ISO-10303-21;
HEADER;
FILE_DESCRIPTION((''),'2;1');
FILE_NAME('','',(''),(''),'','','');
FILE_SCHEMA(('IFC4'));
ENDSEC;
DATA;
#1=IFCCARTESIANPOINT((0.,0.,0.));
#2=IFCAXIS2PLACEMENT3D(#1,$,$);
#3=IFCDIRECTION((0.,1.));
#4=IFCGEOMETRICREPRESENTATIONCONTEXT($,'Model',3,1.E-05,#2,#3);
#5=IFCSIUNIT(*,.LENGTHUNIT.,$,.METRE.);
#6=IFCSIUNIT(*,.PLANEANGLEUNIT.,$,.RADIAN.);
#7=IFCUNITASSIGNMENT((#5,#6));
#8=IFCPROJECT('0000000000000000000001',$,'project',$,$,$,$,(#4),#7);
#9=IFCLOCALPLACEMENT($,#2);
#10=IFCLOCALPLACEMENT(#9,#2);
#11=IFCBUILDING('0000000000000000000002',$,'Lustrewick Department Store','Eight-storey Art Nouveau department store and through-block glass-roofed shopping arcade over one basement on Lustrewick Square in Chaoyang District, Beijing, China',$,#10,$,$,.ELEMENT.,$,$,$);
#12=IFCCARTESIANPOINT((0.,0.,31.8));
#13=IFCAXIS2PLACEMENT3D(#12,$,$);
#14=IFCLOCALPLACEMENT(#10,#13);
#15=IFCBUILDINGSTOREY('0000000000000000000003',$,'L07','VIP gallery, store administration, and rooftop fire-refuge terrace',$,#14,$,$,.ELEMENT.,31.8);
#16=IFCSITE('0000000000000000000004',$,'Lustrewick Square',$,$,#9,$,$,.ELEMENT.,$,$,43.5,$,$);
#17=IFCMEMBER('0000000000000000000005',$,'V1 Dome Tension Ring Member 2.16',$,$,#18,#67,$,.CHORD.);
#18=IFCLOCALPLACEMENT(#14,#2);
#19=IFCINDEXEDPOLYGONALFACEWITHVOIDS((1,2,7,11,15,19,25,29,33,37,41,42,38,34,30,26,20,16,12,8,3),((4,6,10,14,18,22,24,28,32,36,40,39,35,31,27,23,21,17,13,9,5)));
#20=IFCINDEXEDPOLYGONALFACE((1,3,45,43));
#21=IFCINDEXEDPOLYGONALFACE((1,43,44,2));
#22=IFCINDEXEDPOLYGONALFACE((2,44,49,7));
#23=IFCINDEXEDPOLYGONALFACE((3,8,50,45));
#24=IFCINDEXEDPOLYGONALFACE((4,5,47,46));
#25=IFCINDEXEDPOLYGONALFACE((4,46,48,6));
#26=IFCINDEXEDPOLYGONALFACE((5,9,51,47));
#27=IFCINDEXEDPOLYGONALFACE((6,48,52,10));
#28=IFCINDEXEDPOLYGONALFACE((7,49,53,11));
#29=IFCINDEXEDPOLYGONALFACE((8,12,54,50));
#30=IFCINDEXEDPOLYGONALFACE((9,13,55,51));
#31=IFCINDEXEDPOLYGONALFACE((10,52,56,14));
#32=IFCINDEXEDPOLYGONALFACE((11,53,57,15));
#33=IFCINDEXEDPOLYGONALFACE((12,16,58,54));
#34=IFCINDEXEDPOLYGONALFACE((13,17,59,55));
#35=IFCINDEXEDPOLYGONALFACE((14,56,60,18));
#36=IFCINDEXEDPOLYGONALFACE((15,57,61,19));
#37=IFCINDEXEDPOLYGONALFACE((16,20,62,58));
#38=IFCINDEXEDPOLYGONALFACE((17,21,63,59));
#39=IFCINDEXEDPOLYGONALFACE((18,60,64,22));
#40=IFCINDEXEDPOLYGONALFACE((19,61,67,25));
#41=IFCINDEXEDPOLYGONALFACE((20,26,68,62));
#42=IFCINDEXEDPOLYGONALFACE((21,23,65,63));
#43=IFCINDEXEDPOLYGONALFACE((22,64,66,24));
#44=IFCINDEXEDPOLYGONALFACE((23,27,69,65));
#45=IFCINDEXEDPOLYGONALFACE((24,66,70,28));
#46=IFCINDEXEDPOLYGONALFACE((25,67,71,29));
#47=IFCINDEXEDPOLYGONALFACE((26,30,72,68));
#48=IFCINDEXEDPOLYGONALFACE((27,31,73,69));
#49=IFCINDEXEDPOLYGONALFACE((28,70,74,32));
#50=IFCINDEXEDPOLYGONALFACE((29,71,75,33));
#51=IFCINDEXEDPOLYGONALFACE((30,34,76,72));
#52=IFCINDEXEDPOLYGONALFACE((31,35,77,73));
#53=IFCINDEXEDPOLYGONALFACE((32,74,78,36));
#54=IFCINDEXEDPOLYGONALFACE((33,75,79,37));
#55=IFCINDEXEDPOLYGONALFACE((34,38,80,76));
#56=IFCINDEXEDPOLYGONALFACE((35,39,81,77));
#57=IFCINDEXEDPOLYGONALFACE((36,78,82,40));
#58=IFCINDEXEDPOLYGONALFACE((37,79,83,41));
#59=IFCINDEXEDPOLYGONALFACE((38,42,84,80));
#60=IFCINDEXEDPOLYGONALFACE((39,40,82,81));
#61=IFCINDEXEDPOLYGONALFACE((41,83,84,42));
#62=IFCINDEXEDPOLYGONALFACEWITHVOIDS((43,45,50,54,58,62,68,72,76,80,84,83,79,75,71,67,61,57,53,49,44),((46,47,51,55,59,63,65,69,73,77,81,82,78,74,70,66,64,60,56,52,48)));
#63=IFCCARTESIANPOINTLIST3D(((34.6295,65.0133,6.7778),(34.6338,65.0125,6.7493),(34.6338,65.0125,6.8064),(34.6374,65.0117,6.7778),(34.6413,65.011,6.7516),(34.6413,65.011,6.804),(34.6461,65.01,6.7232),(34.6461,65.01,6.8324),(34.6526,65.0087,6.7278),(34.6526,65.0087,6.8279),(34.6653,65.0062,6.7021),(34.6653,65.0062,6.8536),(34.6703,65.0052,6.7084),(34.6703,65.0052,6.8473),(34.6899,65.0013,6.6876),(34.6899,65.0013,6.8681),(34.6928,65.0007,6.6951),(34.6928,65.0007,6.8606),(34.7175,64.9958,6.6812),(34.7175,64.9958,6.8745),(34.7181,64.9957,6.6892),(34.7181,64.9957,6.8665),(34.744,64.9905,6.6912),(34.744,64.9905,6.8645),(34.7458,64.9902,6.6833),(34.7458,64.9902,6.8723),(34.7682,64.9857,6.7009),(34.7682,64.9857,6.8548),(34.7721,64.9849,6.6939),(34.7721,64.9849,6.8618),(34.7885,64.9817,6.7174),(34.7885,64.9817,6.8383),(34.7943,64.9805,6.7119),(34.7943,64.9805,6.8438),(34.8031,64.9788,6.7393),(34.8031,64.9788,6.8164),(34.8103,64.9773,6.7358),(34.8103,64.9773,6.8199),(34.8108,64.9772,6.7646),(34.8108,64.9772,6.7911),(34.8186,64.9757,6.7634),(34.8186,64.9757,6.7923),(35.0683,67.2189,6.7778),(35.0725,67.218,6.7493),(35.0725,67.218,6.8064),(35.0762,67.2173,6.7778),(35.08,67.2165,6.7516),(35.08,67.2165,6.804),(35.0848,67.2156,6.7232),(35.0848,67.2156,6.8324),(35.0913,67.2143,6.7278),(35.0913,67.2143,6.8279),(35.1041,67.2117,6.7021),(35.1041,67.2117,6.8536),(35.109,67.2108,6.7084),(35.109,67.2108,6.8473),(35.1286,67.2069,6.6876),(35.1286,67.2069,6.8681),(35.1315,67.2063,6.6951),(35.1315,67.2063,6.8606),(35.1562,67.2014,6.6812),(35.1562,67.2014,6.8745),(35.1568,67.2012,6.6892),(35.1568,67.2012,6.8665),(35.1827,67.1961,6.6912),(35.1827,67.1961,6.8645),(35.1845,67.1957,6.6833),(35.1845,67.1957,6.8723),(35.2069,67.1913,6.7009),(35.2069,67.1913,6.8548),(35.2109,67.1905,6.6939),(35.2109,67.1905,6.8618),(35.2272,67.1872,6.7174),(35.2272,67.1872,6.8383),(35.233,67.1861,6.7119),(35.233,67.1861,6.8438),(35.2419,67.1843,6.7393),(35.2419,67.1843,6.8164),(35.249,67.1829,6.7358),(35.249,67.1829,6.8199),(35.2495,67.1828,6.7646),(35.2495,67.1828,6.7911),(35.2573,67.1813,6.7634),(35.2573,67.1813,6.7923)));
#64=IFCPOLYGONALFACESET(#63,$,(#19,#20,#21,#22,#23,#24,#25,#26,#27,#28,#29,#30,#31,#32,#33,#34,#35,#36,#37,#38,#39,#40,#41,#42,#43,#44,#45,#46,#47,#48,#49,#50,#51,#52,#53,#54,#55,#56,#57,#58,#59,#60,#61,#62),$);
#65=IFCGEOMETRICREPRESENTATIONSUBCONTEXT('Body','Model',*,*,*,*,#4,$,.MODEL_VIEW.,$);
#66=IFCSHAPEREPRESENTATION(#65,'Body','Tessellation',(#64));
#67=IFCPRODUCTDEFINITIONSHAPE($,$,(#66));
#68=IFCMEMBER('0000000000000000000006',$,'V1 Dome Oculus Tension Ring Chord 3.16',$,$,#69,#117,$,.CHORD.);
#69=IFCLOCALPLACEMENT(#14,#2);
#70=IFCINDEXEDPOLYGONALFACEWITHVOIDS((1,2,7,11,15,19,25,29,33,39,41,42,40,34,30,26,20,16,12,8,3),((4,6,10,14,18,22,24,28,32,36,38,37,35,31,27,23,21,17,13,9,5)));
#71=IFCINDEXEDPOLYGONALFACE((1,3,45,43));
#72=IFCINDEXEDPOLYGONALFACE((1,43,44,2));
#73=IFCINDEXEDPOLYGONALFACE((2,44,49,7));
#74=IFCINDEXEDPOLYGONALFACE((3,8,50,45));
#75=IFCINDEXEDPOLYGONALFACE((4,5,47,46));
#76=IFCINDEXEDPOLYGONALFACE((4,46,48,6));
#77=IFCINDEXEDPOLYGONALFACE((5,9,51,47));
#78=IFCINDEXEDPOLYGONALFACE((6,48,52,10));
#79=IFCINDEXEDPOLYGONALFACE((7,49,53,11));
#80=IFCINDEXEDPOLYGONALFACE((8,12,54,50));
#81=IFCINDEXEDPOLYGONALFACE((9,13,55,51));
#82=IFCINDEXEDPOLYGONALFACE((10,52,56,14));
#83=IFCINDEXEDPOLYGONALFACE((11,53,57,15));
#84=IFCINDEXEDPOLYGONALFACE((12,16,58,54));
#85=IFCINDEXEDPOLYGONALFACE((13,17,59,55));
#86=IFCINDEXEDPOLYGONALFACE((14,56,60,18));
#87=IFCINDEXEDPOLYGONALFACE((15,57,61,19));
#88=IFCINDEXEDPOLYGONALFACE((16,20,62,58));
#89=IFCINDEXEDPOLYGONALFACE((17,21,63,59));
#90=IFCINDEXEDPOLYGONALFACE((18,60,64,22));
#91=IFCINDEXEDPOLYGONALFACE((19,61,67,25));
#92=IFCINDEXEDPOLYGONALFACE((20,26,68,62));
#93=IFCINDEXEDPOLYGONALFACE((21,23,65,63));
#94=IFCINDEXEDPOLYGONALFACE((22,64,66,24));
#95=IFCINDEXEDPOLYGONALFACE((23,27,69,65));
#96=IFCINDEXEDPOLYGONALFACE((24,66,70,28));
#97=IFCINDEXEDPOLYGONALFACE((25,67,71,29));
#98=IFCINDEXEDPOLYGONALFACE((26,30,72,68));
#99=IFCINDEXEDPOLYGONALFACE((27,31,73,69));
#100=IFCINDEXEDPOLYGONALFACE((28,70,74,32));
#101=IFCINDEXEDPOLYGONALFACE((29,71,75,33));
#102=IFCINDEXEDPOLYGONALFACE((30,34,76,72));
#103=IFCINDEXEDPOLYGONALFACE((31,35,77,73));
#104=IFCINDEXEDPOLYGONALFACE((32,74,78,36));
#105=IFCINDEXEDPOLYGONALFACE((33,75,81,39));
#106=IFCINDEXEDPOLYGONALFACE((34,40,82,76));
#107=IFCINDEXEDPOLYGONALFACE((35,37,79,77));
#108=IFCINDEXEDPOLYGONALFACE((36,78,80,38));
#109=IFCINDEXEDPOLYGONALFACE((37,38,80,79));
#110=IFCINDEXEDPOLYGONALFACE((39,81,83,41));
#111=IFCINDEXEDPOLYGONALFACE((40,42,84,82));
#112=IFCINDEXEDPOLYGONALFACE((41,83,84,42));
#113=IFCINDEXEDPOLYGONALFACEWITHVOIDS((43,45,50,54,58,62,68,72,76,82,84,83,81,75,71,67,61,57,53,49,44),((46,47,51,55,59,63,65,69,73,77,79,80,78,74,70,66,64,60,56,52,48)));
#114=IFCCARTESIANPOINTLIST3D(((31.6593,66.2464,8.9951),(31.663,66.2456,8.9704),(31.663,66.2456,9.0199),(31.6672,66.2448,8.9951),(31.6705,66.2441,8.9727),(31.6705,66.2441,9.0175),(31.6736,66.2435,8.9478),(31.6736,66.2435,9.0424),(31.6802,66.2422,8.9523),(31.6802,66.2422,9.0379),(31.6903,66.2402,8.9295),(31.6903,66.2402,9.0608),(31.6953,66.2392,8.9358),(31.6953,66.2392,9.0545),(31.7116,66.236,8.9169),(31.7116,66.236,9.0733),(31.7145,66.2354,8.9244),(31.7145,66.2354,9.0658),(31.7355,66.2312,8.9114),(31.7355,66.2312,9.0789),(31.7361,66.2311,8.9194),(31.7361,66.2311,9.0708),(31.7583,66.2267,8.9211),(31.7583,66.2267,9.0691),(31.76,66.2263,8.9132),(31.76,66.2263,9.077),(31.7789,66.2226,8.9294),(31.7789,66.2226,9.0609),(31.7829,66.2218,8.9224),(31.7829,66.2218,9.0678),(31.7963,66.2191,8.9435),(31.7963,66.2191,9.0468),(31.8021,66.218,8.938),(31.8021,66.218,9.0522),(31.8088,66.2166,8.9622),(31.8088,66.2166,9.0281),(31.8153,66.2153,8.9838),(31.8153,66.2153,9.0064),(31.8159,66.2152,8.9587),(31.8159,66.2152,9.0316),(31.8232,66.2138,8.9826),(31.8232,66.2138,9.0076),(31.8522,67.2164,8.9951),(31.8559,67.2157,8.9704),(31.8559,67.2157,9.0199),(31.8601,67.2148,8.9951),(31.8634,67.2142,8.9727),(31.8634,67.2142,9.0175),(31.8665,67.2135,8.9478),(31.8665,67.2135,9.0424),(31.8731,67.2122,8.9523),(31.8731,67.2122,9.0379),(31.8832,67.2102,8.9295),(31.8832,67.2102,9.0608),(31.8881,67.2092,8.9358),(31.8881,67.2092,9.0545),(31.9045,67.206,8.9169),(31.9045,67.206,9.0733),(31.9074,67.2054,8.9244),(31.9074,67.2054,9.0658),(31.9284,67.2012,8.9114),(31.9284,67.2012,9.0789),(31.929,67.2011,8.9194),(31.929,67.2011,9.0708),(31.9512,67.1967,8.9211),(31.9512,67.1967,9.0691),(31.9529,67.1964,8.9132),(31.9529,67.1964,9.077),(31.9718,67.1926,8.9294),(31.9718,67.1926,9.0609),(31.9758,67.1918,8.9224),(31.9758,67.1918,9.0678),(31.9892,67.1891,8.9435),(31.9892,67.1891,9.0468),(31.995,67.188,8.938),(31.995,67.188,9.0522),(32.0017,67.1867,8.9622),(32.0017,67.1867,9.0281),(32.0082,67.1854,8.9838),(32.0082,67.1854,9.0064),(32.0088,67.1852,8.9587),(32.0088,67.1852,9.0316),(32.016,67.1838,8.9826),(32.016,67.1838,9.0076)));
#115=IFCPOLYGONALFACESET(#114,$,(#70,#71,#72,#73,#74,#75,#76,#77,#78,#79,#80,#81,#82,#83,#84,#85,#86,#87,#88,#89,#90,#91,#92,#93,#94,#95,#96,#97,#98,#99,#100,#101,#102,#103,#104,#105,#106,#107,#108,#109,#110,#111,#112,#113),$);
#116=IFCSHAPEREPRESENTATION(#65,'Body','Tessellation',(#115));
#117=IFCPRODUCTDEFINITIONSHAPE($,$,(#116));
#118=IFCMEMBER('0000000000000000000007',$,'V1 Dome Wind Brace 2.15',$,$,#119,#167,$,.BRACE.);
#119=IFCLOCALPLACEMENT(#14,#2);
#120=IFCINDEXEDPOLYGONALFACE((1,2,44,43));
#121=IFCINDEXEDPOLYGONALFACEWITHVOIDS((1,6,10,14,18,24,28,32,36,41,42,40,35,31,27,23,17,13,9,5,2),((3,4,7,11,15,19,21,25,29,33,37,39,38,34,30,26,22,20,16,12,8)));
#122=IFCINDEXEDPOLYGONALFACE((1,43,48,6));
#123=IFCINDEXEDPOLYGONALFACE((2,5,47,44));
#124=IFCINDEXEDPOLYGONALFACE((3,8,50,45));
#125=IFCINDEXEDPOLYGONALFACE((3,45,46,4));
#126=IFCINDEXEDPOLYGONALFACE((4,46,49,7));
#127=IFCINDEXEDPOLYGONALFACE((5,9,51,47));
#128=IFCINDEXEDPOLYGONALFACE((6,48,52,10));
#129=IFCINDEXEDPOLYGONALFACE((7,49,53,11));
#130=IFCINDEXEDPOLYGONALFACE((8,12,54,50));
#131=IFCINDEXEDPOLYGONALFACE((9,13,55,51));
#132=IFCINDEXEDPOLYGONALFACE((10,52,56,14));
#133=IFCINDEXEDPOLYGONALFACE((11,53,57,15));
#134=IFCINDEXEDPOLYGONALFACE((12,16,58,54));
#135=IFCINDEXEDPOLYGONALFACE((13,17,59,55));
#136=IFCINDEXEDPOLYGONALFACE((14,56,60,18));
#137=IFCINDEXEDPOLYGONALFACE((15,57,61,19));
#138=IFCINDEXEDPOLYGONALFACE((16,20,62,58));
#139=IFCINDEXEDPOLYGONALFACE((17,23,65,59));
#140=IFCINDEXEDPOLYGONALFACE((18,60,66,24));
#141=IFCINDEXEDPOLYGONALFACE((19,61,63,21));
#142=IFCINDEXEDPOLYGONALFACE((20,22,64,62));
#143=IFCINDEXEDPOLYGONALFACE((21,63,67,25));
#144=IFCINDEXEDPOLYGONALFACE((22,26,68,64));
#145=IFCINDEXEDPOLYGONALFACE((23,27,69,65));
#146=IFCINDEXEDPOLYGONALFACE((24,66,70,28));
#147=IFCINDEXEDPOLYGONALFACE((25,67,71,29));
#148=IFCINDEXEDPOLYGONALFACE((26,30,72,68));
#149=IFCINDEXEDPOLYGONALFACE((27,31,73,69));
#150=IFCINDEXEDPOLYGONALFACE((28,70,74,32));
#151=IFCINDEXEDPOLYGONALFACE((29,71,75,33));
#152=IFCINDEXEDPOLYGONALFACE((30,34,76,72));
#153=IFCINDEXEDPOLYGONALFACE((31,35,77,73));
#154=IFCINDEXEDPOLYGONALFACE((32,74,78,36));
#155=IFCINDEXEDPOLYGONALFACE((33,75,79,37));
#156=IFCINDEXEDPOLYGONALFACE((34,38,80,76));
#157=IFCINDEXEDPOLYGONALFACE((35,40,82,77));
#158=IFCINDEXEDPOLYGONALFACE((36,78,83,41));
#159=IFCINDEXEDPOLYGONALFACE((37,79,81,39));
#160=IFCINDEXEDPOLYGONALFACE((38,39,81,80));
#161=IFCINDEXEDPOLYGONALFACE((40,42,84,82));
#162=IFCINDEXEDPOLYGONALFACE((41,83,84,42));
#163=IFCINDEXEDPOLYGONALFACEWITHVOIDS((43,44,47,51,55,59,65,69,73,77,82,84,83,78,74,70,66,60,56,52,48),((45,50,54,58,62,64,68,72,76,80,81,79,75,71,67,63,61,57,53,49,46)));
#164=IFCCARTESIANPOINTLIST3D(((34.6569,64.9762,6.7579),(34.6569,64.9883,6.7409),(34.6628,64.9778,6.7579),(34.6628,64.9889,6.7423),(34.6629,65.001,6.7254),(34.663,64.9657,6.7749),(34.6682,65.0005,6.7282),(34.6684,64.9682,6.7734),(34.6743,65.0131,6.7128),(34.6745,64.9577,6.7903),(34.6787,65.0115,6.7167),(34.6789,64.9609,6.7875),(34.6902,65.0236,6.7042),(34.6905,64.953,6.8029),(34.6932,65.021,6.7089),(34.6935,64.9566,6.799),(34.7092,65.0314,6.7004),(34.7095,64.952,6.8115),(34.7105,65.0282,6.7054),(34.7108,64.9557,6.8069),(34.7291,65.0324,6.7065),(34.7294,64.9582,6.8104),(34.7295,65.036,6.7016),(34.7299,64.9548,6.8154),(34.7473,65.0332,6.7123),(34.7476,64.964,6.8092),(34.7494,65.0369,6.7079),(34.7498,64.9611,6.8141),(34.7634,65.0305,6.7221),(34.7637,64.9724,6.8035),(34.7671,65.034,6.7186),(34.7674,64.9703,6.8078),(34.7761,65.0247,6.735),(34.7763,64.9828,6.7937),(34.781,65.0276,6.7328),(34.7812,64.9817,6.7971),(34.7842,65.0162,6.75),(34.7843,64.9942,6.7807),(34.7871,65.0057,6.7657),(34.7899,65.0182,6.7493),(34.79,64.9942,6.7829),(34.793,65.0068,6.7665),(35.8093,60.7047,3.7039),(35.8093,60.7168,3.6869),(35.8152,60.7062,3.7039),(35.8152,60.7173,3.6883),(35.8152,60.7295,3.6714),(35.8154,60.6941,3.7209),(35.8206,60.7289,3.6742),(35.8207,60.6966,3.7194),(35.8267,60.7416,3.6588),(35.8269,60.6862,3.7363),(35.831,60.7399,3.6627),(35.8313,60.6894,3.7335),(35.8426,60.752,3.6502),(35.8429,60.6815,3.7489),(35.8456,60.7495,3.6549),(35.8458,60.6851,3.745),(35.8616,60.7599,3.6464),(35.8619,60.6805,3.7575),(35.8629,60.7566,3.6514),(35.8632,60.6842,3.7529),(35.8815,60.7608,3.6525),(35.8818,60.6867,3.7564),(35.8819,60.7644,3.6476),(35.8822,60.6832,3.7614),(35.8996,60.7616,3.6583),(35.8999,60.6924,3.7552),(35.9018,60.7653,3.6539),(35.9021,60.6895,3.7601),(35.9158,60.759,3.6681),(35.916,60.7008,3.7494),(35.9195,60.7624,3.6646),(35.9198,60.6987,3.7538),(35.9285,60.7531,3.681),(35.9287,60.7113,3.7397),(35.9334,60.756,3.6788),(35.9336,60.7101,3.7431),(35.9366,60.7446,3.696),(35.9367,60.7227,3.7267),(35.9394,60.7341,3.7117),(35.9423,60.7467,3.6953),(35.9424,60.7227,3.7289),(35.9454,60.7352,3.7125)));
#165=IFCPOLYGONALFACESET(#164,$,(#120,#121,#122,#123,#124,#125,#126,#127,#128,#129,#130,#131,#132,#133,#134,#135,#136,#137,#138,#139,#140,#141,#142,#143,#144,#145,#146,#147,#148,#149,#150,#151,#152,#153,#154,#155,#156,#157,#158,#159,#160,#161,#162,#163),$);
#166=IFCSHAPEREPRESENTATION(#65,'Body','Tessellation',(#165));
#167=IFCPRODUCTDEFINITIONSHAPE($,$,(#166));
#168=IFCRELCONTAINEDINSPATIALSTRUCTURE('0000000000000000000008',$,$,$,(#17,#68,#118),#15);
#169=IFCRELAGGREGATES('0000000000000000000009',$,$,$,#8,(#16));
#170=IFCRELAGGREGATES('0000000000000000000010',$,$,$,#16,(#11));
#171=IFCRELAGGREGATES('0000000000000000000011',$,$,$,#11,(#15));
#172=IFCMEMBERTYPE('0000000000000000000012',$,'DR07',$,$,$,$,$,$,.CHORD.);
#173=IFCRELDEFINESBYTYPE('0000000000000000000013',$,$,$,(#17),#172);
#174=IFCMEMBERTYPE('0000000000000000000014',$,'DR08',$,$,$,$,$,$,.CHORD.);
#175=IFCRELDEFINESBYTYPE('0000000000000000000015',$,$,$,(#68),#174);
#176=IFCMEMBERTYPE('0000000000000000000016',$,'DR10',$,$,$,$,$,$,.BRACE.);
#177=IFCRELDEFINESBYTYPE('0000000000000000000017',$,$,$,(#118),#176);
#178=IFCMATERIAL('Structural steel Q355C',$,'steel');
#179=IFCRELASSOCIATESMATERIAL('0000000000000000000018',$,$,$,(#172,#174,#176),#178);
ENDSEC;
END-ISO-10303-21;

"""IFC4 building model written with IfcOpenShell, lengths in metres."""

from ifc_helpers import new_model, si_unit, direction, frame, origin, origin_2d, place, context, subcontext, project, spatial, hollow_circle, extrude, material, material_profile, profile_set, type_object, element, save


model = new_model("IFC4")

# Units and contexts
model_context = context("Model", 3, precision=1e-05, world=origin(), true_north=direction((0.0, 1.0)))
body_context = subcontext(model_context, "Body", "Model", "MODEL_VIEW")
ifc_project = project(units=[si_unit("LENGTHUNIT", "METRE"), si_unit("PLANEANGLEUNIT", "RADIAN")], contexts=[model_context])

# Site, building, storey
site_placement = place(None, origin())
site = spatial("IfcSite", under=ifc_project, at=site_placement, Name="Lustrewick Square", CompositionType="ELEMENT", RefElevation=43.5)
building_placement = place(site_placement, origin())
building = spatial("IfcBuilding", under=site, at=building_placement, Name="Lustrewick Department Store", Description="Eight-storey Art Nouveau department store and through-block glass-roofed shopping arcade over one basement on Lustrewick Square in Chaoyang District, Beijing, China", CompositionType="ELEMENT")
storey_placement = place(building_placement, frame((0.0, 0.0, 31.8)))
storey = spatial("IfcBuildingStorey", under=building, at=storey_placement, Name="L07", Description="VIP gallery, store administration, and rooftop fire-refuge terrace", CompositionType="ELEMENT", Elevation=31.8)

# Members
ifc_material_1 = material(Name="Structural steel Q355C", Category="steel")
ifc_material_profile_1 = material_profile(ifc_material_1, hollow_circle(Radius=0.0969, WallThickness=0.0081, at=origin_2d()), Name="CHS 194x8")
ifc_profile_set_1 = profile_set([ifc_material_profile_1], Name="Structural steel Q355C")
member_type_1 = type_object("IfcMemberType", Name="DR07", PredefinedType="CHORD", material=ifc_profile_set_1)
member_1_placement = place(storey_placement, frame((34.7246, 64.9944, 6.7778), z_axis=(0.195093, 0.980785, 0.0), x_axis=(-0.980785, 0.195093, 0.0)))
element("IfcMember", 1, at=member_1_placement, inside=storey, type_object=member_type_1, Name="V1 Dome Tension Ring Member 2.16", PredefinedType="CHORD", context=body_context, shape_type="SweptSolid", body=[
    extrude(hollow_circle(Radius=0.0969, WallThickness=0.0081, at=origin_2d()), origin(), (0.0, 0.0, 1.0), 2.2488),
])
ifc_material_profile_2 = material_profile(ifc_material_1, hollow_circle(Radius=0.084, WallThickness=0.0081, at=origin_2d()), Name="CHS 168x8")
ifc_profile_set_2 = profile_set([ifc_material_profile_2], Name="Structural steel Q355C")
member_type_2 = type_object("IfcMemberType", Name="DR08", PredefinedType="CHORD", material=ifc_profile_set_2)
member_2_placement = place(storey_placement, frame((31.7417, 66.23, 8.9951), z_axis=(0.195024, 0.980798, 0.0), x_axis=(-0.980798, 0.195024, 0.0)))
element("IfcMember", 2, at=member_2_placement, inside=storey, type_object=member_type_2, Name="V1 Dome Oculus Tension Ring Chord 3.16", PredefinedType="CHORD", context=body_context, shape_type="SweptSolid", body=[
    extrude(hollow_circle(Radius=0.084, WallThickness=0.0081, at=origin_2d()), origin(), (0.0, 0.0, 1.0), 0.989),
])
ifc_material_profile_3 = material_profile(ifc_material_1, hollow_circle(Radius=0.0701, WallThickness=0.0061, at=origin_2d()), Name="CHS 140x6")
ifc_profile_set_3 = profile_set([ifc_material_profile_3], Name="Structural steel Q355C")
member_type_3 = type_object("IfcMemberType", Name="DR10", PredefinedType="BRACE", material=ifc_profile_set_3)
for number, where, z_axis, x_axis, name in (
    (3, (35.877, 60.7229, 3.7039), (-0.214354, 0.794564, 0.568084), (-0.965483, -0.260464, 0.0), "V1 Dome Wind Brace 2.15"),
):
    element("IfcMember", number, at=place(storey_placement, frame(where, z_axis=z_axis, x_axis=x_axis)), inside=storey, type_object=member_type_3, Name=name, PredefinedType="BRACE", context=body_context, shape_type="SweptSolid", body=[
        extrude(hollow_circle(Radius=0.0701, WallThickness=0.0061, at=origin_2d()), origin(), (0.0, 0.0, 1.0), 5.376),
    ])

save(model, "model.ifc")
